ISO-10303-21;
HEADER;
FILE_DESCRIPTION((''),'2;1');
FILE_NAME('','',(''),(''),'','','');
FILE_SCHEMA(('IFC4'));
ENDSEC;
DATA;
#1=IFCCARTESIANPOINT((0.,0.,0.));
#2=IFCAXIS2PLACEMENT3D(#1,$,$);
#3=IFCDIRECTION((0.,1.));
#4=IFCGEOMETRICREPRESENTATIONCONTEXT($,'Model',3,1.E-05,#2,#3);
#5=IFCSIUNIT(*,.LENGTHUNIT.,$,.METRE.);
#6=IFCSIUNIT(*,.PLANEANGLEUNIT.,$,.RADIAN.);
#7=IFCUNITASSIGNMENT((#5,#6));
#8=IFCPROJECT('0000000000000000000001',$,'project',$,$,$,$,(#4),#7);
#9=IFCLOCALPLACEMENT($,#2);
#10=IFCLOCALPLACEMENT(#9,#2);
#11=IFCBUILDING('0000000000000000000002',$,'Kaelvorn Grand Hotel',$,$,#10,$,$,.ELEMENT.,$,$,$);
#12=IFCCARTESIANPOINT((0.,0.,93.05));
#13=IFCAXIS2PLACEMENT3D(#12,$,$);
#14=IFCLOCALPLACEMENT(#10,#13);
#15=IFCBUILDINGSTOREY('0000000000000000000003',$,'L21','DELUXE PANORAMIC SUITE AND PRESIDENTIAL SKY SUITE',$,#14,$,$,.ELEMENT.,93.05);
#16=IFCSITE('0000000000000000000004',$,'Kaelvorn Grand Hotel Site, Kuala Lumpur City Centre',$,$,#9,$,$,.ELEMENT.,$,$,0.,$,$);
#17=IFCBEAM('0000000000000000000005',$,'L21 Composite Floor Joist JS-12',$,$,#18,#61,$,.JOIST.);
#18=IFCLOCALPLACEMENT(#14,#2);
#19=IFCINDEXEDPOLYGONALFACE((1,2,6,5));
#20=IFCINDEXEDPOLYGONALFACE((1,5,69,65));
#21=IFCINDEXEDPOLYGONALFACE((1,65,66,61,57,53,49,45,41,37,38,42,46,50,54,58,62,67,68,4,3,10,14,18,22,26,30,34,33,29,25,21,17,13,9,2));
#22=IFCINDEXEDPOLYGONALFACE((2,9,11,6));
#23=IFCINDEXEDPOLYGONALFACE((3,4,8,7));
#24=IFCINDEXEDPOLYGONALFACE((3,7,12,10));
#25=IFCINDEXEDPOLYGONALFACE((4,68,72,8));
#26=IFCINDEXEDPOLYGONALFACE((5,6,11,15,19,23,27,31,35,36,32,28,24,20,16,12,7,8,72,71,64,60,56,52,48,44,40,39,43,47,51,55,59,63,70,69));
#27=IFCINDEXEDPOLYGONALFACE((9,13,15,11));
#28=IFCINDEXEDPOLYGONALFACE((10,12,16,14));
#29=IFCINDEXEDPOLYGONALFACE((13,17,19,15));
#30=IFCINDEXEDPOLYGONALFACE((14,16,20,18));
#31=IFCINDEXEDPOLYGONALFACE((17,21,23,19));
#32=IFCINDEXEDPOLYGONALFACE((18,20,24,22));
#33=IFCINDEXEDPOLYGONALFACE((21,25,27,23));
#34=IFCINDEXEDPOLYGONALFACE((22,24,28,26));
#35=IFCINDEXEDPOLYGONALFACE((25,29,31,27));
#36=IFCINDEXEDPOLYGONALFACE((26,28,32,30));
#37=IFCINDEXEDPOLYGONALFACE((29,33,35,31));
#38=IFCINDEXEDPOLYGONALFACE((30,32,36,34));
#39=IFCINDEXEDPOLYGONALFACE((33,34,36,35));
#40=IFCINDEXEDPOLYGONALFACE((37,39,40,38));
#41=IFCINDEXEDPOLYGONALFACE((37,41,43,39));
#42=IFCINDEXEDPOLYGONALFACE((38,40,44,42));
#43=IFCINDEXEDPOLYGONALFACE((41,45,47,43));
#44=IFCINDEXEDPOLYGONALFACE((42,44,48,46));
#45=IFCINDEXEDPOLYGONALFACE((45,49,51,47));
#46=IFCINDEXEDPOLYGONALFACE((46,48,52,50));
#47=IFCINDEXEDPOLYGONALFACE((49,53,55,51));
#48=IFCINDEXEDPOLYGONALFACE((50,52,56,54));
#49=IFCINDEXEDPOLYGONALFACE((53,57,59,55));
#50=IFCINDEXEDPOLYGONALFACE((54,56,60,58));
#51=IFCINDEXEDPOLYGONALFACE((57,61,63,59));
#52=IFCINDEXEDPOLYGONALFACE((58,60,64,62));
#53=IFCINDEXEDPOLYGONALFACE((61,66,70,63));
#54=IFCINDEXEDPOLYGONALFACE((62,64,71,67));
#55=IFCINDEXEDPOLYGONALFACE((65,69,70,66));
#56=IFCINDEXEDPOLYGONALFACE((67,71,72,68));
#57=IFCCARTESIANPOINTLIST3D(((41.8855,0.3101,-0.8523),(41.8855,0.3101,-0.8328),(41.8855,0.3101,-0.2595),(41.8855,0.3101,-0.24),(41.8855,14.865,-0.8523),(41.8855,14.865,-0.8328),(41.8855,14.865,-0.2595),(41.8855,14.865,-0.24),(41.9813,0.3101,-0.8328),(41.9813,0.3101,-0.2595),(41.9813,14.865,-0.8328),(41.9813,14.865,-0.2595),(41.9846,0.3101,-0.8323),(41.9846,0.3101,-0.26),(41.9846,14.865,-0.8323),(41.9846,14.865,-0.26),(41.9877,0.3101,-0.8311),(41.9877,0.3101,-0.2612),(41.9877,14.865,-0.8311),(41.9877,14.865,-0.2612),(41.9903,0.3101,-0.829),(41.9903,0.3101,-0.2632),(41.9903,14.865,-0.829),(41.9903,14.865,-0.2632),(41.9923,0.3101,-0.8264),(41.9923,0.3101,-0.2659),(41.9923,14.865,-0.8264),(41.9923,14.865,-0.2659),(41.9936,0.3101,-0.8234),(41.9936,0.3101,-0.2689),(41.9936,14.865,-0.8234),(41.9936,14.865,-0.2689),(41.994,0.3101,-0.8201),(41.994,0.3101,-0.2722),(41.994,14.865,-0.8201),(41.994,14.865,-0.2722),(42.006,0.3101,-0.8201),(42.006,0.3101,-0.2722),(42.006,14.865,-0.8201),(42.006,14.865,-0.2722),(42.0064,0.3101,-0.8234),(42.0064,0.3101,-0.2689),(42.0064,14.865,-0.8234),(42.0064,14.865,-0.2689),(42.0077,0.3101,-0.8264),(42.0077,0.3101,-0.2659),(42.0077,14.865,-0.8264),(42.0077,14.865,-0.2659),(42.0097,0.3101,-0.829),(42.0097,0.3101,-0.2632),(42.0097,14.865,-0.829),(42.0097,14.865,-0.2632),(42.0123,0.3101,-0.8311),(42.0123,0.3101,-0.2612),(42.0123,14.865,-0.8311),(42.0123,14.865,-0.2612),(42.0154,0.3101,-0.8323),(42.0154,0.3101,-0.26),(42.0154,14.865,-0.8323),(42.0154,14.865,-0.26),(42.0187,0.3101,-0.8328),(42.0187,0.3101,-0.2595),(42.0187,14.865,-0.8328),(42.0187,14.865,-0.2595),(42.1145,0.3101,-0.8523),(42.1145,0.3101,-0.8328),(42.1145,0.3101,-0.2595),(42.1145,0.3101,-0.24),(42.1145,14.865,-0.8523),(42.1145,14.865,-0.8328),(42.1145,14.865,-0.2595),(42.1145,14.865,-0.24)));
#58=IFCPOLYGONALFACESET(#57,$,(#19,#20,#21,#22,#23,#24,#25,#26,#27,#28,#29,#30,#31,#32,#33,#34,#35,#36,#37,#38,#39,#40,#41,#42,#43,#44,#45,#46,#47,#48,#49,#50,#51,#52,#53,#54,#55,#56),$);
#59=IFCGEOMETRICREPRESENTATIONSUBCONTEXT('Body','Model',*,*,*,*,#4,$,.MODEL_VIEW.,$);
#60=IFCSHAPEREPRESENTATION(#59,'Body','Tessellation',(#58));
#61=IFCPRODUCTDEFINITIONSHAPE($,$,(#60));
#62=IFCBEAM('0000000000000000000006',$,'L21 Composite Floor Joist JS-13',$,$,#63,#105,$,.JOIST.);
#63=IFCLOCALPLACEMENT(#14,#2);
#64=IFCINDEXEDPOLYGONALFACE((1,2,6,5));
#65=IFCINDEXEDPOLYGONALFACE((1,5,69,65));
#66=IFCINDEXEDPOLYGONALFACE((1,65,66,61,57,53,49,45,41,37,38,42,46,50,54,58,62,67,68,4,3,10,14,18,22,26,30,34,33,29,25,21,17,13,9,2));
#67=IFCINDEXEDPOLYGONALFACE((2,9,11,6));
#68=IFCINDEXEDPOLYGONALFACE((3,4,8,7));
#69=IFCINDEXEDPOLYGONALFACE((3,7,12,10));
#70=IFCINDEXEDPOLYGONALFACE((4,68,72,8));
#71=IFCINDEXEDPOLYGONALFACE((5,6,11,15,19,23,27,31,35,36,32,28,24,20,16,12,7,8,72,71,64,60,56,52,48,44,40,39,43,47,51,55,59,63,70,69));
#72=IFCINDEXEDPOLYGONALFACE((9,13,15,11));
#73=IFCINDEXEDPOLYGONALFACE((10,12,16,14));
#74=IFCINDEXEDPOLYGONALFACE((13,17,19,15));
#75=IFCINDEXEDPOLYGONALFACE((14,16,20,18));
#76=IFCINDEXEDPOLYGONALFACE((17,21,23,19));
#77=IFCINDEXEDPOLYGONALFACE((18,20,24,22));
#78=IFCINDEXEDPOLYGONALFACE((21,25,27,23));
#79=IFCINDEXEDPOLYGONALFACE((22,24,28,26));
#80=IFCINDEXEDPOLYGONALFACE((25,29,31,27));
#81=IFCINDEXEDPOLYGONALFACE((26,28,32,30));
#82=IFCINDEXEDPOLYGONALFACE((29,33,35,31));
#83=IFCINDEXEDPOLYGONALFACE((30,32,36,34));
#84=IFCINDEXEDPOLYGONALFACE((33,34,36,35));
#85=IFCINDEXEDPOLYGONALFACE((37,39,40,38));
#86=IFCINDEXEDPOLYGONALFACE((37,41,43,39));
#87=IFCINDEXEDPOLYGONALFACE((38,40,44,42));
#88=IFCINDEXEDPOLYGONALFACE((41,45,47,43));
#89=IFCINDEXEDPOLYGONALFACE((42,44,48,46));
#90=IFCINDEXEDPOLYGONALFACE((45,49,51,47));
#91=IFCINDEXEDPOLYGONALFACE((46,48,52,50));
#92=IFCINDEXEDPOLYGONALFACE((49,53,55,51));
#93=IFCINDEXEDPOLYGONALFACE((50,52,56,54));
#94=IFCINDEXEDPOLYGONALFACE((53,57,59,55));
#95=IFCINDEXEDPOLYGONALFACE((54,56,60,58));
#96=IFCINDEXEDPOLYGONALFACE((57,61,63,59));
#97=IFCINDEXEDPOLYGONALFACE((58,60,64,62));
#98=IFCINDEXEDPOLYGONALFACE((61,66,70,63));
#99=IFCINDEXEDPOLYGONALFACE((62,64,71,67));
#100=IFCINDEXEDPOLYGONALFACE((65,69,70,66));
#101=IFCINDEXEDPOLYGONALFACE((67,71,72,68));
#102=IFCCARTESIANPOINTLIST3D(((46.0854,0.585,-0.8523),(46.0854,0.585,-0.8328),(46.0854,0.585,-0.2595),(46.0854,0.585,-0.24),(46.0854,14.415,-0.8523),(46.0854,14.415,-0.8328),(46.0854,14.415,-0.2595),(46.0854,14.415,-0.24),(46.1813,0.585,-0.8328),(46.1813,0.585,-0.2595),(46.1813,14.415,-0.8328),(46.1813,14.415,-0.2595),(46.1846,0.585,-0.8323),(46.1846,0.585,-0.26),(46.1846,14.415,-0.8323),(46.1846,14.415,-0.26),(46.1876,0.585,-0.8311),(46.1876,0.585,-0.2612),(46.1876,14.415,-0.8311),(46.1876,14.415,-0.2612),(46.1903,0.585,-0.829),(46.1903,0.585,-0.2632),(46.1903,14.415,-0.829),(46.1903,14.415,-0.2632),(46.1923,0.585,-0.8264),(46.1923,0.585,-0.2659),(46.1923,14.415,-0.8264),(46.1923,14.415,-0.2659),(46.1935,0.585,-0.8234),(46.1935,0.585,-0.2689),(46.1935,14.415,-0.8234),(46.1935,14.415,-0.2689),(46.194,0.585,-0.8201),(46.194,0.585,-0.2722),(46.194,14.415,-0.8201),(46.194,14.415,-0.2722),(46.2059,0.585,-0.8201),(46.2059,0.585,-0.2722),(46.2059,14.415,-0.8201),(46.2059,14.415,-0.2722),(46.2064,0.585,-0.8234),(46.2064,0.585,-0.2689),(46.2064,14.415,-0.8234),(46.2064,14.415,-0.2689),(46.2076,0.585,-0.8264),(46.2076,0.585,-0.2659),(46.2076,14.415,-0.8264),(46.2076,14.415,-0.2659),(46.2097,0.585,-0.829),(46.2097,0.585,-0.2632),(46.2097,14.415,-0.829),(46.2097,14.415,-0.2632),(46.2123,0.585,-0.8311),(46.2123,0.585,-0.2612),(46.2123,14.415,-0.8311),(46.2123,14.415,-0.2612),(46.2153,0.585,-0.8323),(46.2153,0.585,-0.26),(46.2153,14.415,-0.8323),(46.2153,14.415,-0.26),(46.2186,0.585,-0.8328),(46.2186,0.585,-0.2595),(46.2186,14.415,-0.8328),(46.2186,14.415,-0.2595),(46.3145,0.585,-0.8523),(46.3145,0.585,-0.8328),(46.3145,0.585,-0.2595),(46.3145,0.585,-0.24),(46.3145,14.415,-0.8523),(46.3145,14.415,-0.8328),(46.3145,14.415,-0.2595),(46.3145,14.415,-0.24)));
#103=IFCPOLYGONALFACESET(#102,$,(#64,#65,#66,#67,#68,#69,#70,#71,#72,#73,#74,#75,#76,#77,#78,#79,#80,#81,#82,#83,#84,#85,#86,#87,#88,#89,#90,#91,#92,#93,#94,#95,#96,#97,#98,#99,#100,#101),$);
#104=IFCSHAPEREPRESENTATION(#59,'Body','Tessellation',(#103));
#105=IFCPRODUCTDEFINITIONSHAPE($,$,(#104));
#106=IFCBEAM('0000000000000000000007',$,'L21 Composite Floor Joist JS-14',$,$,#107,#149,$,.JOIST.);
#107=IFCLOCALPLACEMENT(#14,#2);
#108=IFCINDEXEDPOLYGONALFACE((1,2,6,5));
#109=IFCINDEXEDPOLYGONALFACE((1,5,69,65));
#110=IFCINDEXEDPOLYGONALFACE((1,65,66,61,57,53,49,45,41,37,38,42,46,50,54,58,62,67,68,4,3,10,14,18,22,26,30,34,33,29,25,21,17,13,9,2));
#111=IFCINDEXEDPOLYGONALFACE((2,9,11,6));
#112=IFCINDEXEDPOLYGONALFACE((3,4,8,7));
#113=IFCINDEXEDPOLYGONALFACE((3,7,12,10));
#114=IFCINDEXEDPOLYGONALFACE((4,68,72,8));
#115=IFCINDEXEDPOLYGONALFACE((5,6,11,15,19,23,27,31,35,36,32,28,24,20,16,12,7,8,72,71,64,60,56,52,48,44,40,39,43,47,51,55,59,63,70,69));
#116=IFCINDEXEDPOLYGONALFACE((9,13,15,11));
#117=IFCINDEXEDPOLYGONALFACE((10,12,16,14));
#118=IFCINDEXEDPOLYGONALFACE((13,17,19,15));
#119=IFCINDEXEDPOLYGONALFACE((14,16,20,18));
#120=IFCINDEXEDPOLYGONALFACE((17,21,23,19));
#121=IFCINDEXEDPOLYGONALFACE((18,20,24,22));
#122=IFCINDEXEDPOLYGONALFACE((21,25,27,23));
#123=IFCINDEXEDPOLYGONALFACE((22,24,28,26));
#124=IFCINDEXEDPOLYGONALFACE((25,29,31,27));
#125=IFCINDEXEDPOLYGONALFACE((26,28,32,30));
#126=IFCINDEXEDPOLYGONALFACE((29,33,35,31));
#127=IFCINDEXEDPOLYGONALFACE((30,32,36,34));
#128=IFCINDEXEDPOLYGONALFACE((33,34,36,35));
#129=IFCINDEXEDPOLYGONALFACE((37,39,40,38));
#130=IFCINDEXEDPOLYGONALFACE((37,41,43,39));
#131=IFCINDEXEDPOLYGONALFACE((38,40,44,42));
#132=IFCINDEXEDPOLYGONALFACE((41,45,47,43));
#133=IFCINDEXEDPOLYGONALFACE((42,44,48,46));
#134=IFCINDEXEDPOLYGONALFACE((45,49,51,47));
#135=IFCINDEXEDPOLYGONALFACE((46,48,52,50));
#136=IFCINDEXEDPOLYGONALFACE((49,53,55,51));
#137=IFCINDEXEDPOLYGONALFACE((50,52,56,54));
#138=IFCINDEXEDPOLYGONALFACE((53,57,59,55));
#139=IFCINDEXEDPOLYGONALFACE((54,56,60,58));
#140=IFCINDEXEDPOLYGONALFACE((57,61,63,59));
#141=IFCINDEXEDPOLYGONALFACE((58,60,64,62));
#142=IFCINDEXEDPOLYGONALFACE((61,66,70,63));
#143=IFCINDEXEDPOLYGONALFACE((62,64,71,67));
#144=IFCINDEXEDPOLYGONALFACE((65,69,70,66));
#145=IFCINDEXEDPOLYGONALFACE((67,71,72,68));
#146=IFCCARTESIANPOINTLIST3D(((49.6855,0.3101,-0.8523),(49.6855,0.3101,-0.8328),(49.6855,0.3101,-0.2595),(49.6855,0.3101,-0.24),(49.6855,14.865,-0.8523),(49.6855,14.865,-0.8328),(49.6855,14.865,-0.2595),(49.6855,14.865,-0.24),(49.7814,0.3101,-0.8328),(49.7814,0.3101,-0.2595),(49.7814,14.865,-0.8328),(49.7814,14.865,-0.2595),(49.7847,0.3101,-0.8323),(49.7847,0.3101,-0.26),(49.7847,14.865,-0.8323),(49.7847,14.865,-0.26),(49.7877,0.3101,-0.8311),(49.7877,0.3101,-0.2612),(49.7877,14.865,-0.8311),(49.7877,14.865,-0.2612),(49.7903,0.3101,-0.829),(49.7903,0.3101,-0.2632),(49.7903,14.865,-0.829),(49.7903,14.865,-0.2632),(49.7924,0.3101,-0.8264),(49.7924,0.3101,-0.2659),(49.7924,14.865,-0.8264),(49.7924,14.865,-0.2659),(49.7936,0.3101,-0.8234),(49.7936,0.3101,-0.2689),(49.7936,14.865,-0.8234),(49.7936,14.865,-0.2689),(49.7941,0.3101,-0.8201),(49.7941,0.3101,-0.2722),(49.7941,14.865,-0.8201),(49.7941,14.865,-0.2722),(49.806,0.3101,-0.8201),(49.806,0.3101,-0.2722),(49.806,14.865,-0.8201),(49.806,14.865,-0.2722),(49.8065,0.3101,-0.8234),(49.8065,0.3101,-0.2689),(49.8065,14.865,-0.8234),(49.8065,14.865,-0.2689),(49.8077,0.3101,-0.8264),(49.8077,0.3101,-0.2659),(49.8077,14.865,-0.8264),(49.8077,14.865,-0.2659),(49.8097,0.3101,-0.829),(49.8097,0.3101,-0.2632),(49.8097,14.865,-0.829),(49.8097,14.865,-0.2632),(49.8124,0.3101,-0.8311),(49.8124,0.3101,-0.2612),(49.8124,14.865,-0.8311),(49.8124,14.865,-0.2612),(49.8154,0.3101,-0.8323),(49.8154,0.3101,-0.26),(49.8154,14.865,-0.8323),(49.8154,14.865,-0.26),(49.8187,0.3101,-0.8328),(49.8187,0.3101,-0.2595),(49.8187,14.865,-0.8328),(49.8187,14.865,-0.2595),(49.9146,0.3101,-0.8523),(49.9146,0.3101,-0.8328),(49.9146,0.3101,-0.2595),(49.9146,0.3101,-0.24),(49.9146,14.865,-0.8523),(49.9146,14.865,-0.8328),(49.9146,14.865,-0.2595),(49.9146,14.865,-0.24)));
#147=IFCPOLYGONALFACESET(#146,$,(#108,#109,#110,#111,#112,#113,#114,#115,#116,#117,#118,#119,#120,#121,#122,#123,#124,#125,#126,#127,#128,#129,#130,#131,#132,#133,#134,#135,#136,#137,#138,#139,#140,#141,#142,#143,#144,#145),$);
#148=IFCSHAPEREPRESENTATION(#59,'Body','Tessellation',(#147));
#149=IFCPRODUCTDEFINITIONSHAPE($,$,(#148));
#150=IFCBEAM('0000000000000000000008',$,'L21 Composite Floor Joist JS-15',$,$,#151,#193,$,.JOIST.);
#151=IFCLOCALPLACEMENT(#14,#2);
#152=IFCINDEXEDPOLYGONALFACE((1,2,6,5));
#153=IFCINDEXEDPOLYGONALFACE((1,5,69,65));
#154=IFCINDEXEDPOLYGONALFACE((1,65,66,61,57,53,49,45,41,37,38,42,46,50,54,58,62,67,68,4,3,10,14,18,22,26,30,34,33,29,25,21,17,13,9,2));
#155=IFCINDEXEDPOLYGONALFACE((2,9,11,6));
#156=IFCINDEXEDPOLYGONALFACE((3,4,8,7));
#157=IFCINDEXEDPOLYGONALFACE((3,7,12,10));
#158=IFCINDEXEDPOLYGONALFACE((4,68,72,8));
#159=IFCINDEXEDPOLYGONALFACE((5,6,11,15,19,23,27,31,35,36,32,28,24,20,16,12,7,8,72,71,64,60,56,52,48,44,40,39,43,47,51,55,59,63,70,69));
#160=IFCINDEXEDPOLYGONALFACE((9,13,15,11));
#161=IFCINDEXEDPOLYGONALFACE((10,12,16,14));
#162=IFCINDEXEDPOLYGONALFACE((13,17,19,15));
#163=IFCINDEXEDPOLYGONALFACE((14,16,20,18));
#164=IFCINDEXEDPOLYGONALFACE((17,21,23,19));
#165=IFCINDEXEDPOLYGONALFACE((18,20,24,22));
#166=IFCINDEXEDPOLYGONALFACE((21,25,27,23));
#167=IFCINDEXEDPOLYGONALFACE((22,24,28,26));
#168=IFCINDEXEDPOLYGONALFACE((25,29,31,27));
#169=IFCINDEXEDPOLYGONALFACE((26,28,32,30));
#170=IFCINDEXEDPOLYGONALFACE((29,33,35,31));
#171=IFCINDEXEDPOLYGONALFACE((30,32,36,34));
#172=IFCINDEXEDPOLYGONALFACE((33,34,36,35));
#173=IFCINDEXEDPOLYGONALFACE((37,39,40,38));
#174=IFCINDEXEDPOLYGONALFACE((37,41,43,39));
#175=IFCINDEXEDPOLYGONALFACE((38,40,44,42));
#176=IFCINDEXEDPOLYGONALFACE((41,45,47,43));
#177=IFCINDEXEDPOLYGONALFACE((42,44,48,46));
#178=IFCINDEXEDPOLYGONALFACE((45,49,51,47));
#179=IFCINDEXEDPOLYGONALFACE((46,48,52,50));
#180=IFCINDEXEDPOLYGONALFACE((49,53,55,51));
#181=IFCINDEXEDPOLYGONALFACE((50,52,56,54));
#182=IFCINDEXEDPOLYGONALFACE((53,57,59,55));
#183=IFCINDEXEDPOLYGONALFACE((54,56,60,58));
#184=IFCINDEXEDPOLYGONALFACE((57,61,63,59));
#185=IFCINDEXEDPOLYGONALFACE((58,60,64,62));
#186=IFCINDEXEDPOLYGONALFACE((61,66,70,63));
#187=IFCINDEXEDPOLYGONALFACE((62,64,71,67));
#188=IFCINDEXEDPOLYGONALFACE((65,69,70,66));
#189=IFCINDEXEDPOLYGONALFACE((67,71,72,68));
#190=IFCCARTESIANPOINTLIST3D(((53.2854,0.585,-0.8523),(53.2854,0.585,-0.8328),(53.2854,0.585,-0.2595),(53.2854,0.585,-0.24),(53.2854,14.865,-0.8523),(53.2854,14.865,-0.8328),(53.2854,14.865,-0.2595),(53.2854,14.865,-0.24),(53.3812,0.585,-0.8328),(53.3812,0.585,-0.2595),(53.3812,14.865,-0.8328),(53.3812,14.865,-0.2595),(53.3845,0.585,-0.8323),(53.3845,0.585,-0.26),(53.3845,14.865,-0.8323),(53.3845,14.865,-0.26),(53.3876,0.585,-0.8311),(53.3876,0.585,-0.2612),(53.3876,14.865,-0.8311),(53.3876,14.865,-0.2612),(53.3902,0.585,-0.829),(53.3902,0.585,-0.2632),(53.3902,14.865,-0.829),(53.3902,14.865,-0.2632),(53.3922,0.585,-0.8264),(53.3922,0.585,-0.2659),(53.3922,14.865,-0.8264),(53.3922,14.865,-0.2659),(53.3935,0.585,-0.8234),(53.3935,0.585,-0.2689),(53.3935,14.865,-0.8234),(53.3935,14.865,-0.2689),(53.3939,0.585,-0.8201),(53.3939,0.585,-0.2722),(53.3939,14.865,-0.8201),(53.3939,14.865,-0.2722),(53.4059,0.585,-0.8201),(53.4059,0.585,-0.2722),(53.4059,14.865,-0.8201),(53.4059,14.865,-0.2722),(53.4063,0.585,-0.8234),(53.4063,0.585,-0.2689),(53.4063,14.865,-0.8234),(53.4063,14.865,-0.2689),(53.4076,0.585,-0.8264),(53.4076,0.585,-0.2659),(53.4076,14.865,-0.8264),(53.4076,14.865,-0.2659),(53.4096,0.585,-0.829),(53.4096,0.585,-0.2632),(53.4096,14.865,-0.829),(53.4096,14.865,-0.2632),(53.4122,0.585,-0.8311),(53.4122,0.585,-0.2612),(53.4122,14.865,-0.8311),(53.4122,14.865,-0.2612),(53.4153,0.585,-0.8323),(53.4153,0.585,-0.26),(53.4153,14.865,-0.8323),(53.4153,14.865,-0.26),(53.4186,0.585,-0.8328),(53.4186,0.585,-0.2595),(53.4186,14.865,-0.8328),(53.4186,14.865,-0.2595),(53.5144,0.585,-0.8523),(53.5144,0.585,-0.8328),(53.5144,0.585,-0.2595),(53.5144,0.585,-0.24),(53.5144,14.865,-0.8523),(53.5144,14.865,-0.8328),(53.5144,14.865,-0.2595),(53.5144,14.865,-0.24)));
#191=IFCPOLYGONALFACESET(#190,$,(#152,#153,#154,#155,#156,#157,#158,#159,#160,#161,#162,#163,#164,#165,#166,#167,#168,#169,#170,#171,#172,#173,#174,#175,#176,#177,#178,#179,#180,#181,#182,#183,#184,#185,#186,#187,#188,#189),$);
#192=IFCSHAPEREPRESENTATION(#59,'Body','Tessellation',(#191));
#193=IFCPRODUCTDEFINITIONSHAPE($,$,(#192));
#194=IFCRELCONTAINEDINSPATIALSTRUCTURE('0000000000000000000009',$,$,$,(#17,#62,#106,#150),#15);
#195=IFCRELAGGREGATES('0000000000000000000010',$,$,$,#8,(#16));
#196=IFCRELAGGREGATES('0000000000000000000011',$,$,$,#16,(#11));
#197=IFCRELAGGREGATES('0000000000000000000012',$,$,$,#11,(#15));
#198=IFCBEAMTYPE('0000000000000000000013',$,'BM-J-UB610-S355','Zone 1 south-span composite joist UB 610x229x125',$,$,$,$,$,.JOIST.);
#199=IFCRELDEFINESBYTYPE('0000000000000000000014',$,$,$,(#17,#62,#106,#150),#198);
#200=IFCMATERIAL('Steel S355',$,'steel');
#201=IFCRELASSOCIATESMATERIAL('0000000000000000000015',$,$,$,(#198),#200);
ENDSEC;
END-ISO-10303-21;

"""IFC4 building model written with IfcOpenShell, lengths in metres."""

from ifc_helpers import new_model, si_unit, direction, frame, origin, origin_2d, place, context, subcontext, project, spatial, i_section, extrude, material, material_profile, profile_set, type_object, element, save


model = new_model("IFC4")

# Units and contexts
model_context = context("Model", 3, precision=1e-05, world=origin(), true_north=direction((0.0, 1.0)))
body_context = subcontext(model_context, "Body", "Model", "MODEL_VIEW")
ifc_project = project(units=[si_unit("LENGTHUNIT", "METRE"), si_unit("PLANEANGLEUNIT", "RADIAN")], contexts=[model_context])

# Site, building, storey
site_placement = place(None, origin())
site = spatial("IfcSite", under=ifc_project, at=site_placement, Name="Kaelvorn Grand Hotel Site, Kuala Lumpur City Centre", CompositionType="ELEMENT", RefElevation=0.0)
building_placement = place(site_placement, origin())
building = spatial("IfcBuilding", under=site, at=building_placement, Name="Kaelvorn Grand Hotel", CompositionType="ELEMENT")
storey_placement = place(building_placement, frame((0.0, 0.0, 93.05)))
storey = spatial("IfcBuildingStorey", under=building, at=storey_placement, Name="L21", Description="DELUXE PANORAMIC SUITE AND PRESIDENTIAL SKY SUITE", CompositionType="ELEMENT", Elevation=93.05)

# Beams
ifc_material_1 = material(Name="Steel S355", Category="steel")
ifc_material_profile_1 = material_profile(ifc_material_1, i_section(OverallWidth=0.229, OverallDepth=0.6123, WebThickness=0.012, FlangeThickness=0.0195, FilletRadius=0.0127, at=origin_2d()), Name="UB 610x229x125")
ifc_profile_set_1 = profile_set([ifc_material_profile_1], Name="Steel S355")
beam_type_1 = type_object("IfcBeamType", Name="BM-J-UB610-S355", Description="Zone 1 south-span composite joist UB 610x229x125", PredefinedType="JOIST", material=ifc_profile_set_1)
beam_1_placement = place(storey_placement, frame((42.0, 0.3101, -0.5461), z_axis=(0.0, 1.0, 0.0), x_axis=(-1.0, 0.0, 0.0)))
element("IfcBeam", 1, at=beam_1_placement, inside=storey, type_object=beam_type_1, Name="L21 Composite Floor Joist JS-12", PredefinedType="JOIST", context=body_context, shape_type="SweptSolid", body=[
    extrude(i_section(OverallWidth=0.229, OverallDepth=0.6123, WebThickness=0.012, FlangeThickness=0.0195, FilletRadius=0.0127, at=origin_2d()), origin(), (0.0, 0.0, 1.0), 14.5549),
])
beam_2_placement = place(storey_placement, frame((46.2, 0.585, -0.5461), z_axis=(0.0, 1.0, 0.0), x_axis=(-1.0, 0.0, 0.0)))
element("IfcBeam", 2, at=beam_2_placement, inside=storey, type_object=beam_type_1, Name="L21 Composite Floor Joist JS-13", PredefinedType="JOIST", context=body_context, shape_type="SweptSolid", body=[
    extrude(i_section(OverallWidth=0.229, OverallDepth=0.6123, WebThickness=0.012, FlangeThickness=0.0195, FilletRadius=0.0127, at=origin_2d()), origin(), (0.0, 0.0, 1.0), 13.8301),
])
beam_3_placement = place(storey_placement, frame((49.8, 0.3101, -0.5461), z_axis=(0.0, 1.0, 0.0), x_axis=(-1.0, 0.0, 0.0)))
element("IfcBeam", 3, at=beam_3_placement, inside=storey, type_object=beam_type_1, Name="L21 Composite Floor Joist JS-14", PredefinedType="JOIST", context=body_context, shape_type="SweptSolid", body=[
    extrude(i_section(OverallWidth=0.229, OverallDepth=0.6123, WebThickness=0.012, FlangeThickness=0.0195, FilletRadius=0.0127, at=origin_2d()), origin(), (0.0, 0.0, 1.0), 14.5549),
])
beam_4_placement = place(storey_placement, frame((53.3999, 0.585, -0.5461), z_axis=(0.0, 1.0, 0.0), x_axis=(-1.0, 0.0, 0.0)))
element("IfcBeam", 4, at=beam_4_placement, inside=storey, type_object=beam_type_1, Name="L21 Composite Floor Joist JS-15", PredefinedType="JOIST", context=body_context, shape_type="SweptSolid", body=[
    extrude(i_section(OverallWidth=0.229, OverallDepth=0.6123, WebThickness=0.012, FlangeThickness=0.0195, FilletRadius=0.0127, at=origin_2d()), origin(), (0.0, 0.0, 1.0), 14.28),
])

save(model, "model.ifc")
